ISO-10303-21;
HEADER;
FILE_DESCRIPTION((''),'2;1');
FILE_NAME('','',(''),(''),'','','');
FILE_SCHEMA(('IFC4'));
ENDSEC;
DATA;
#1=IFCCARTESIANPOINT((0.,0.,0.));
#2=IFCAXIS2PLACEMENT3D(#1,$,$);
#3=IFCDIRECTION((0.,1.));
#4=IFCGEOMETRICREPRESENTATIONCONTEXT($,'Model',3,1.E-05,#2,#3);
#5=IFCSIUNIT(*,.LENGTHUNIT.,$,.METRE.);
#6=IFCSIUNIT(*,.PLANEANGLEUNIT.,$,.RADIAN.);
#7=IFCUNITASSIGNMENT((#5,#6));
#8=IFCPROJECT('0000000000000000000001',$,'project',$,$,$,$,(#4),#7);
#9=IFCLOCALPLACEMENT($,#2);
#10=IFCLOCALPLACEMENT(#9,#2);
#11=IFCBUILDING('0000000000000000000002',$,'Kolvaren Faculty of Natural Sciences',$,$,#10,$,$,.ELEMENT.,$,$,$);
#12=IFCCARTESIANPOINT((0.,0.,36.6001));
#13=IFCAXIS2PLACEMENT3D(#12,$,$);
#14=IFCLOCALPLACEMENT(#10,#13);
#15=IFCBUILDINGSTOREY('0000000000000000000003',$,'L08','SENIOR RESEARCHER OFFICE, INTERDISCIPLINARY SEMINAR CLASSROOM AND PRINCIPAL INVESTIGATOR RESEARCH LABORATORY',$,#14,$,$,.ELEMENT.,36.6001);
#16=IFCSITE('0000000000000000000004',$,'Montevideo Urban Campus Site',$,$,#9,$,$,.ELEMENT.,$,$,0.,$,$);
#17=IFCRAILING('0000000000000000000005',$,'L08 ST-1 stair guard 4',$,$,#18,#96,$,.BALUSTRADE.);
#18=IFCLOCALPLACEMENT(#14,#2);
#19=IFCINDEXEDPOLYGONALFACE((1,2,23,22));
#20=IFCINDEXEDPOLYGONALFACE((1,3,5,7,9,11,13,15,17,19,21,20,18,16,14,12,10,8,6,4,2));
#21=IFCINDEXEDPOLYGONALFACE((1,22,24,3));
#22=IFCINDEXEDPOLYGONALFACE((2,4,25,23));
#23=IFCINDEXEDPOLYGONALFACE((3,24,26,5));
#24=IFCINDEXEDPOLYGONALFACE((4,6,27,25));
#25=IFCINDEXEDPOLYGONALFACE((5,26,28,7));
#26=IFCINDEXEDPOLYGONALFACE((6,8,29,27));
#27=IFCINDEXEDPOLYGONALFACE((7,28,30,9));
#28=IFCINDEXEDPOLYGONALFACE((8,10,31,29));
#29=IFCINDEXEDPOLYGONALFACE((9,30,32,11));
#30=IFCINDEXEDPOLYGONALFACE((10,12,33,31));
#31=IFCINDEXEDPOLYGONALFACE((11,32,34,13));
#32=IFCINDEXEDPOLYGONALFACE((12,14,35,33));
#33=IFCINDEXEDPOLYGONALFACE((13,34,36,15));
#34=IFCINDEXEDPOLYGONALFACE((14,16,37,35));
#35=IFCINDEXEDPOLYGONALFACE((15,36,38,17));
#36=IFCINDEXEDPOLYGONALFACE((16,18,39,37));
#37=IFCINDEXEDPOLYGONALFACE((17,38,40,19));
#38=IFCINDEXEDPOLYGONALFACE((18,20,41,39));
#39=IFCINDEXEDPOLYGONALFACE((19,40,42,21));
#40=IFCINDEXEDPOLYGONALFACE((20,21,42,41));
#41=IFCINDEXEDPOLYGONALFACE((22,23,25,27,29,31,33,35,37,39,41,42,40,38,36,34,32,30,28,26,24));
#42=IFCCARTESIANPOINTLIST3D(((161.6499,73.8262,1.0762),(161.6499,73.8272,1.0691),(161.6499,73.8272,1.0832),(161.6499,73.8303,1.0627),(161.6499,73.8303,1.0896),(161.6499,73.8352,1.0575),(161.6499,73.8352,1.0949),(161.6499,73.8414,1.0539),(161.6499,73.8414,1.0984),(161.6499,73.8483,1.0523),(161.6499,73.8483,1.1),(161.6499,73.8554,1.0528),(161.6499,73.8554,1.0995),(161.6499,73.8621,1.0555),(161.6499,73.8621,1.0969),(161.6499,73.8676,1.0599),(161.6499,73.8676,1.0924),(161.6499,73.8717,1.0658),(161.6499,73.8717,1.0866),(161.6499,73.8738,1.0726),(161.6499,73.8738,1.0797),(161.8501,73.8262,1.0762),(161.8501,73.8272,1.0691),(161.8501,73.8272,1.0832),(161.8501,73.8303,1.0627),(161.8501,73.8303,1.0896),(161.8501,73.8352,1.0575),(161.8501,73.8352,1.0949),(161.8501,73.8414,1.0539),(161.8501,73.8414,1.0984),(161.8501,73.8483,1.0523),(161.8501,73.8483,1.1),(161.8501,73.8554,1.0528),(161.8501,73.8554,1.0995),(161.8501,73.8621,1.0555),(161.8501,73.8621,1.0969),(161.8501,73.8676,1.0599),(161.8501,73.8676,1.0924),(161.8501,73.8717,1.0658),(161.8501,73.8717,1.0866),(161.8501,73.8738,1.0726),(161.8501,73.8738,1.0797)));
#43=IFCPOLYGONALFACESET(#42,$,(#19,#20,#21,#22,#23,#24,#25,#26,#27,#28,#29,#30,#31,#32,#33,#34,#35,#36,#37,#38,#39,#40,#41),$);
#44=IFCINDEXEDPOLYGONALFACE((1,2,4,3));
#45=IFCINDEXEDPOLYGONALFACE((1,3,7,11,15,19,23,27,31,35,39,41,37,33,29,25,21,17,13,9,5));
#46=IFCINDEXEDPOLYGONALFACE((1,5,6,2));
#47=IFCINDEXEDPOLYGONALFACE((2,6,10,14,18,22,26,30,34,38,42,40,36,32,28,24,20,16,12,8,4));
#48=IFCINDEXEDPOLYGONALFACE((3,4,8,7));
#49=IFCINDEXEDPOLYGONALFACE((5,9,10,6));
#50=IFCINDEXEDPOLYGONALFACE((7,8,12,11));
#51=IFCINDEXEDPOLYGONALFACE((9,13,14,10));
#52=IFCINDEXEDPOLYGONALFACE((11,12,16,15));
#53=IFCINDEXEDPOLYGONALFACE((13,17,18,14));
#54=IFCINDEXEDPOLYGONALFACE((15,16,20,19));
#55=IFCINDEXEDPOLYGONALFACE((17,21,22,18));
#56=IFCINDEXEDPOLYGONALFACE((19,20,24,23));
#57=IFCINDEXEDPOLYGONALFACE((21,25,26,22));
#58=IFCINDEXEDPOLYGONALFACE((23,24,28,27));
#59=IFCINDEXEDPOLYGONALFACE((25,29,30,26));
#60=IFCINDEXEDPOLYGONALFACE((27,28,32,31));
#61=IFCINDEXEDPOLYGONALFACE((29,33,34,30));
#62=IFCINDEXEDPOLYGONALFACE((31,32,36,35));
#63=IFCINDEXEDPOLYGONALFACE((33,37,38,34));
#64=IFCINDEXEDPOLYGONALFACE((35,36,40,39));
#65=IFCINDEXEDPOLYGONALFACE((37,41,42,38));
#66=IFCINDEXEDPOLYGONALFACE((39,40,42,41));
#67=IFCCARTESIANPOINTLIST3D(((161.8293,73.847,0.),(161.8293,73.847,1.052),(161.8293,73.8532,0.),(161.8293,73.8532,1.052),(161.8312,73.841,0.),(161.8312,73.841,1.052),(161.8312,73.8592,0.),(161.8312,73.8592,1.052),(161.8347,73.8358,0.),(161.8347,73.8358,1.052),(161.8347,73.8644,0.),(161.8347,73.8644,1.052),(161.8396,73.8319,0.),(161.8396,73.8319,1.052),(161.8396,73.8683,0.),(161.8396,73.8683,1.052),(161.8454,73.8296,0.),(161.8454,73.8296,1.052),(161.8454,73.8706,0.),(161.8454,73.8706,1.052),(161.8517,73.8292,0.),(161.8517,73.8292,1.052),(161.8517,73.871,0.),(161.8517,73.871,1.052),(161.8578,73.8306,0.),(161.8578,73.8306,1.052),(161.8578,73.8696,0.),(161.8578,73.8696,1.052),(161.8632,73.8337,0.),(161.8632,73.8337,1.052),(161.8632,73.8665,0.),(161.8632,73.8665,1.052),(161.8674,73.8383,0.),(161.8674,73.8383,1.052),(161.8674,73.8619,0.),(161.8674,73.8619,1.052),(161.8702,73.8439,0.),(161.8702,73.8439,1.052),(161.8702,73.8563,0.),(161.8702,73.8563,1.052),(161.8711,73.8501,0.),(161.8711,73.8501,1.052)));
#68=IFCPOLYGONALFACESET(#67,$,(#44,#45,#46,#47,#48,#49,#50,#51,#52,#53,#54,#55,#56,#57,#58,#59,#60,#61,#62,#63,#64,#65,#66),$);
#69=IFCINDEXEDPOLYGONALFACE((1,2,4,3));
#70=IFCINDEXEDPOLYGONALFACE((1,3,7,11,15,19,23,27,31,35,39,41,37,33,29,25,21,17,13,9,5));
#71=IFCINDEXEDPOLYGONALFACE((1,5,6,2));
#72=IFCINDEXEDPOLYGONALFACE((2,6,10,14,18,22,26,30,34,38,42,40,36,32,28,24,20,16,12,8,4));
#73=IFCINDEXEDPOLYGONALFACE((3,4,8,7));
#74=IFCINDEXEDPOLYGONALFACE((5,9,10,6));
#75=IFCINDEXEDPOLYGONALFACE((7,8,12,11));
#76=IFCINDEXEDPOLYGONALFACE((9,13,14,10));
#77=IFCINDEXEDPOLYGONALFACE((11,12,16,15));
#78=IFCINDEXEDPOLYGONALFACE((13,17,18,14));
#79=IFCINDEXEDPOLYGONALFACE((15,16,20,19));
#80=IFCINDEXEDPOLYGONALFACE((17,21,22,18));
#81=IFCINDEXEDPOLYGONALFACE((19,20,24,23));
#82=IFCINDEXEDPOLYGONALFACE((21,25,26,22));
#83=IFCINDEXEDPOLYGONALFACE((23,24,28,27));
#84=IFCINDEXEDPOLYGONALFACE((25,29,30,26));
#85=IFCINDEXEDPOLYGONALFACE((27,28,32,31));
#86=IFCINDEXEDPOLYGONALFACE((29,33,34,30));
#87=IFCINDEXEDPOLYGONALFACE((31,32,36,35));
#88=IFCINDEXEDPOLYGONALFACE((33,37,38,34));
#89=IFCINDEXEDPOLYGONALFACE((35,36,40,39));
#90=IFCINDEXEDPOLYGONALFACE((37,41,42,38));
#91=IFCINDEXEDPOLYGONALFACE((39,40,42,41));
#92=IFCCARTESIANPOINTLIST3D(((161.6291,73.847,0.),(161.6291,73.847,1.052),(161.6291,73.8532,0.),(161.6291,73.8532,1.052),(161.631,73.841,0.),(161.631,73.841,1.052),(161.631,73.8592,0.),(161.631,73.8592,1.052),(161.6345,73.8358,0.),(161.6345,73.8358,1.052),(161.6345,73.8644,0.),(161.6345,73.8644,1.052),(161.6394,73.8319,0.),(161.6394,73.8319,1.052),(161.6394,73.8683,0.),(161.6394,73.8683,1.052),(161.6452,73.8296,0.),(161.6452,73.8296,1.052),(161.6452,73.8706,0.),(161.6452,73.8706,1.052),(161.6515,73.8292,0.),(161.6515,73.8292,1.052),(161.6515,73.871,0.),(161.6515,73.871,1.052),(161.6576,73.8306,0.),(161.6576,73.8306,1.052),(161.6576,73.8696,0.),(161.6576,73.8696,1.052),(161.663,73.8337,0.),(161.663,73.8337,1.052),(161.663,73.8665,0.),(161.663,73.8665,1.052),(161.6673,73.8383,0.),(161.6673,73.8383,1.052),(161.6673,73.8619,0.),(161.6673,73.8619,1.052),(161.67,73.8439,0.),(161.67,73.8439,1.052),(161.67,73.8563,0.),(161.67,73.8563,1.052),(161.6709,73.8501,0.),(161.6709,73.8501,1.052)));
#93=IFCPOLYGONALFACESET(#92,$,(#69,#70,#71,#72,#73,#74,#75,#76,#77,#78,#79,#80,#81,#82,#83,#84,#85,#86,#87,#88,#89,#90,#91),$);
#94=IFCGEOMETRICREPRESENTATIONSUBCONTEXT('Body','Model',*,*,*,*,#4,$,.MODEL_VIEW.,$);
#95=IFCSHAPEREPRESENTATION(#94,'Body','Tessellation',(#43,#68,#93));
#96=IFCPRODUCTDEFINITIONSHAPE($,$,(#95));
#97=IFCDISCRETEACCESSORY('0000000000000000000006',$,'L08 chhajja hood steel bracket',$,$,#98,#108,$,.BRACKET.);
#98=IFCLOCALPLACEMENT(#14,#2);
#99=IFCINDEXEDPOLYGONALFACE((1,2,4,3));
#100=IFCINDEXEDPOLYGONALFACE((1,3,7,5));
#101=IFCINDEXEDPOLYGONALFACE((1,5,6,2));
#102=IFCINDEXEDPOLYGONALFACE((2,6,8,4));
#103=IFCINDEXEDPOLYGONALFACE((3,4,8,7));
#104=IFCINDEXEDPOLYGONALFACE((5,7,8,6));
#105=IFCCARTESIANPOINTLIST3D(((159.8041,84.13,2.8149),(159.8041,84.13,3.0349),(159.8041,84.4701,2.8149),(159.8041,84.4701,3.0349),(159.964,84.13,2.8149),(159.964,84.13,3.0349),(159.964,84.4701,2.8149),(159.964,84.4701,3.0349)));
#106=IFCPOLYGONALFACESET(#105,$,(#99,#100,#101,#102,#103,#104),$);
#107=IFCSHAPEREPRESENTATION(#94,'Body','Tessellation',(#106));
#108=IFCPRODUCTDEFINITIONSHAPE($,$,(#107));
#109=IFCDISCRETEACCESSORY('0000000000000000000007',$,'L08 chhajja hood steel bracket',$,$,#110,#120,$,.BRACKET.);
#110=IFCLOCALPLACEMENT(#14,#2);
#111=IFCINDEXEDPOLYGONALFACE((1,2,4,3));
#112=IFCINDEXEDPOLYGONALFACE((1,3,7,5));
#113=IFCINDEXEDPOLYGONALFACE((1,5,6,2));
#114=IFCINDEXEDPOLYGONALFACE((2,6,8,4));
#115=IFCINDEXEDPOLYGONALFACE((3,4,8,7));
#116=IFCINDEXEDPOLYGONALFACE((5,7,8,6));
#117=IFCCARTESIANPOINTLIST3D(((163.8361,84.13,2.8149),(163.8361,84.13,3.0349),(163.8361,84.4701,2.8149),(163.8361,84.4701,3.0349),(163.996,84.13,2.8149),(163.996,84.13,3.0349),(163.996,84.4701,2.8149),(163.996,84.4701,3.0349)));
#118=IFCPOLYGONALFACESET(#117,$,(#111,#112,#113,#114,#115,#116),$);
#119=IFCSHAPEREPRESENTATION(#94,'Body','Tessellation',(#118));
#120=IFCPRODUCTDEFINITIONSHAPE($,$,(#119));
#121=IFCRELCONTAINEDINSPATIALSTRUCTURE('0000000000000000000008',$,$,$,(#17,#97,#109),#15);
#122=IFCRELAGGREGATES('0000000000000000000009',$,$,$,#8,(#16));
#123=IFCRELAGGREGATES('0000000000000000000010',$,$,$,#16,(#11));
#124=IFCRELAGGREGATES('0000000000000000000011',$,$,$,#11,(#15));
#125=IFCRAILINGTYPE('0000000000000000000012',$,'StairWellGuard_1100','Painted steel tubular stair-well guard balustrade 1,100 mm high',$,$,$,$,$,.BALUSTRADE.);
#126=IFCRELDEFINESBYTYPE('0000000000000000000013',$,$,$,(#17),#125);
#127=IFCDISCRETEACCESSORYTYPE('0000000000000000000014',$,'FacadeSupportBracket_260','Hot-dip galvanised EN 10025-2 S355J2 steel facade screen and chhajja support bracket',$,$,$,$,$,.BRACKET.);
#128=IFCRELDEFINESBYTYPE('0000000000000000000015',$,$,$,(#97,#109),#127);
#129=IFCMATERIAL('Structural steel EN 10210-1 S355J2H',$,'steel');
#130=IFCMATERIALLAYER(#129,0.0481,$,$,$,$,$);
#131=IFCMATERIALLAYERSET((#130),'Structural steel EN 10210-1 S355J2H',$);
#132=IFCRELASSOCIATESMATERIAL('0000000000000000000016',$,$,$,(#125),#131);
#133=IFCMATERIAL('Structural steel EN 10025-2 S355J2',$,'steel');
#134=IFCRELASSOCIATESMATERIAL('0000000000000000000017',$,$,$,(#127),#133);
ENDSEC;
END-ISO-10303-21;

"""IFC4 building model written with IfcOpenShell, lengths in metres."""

from ifc_helpers import new_model, si_unit, direction, frame, origin, origin_2d, place, context, subcontext, project, spatial, rectangle, circle, extrude, material, layer, layer_set, type_object, element, save


model = new_model("IFC4")

# Units and contexts
model_context = context("Model", 3, precision=1e-05, world=origin(), true_north=direction((0.0, 1.0)))
body_context = subcontext(model_context, "Body", "Model", "MODEL_VIEW")
ifc_project = project(units=[si_unit("LENGTHUNIT", "METRE"), si_unit("PLANEANGLEUNIT", "RADIAN")], contexts=[model_context])

# Site, building, storey
site_placement = place(None, origin())
site = spatial("IfcSite", under=ifc_project, at=site_placement, Name="Montevideo Urban Campus Site", CompositionType="ELEMENT", RefElevation=0.0)
building_placement = place(site_placement, origin())
building = spatial("IfcBuilding", under=site, at=building_placement, Name="Kolvaren Faculty of Natural Sciences", CompositionType="ELEMENT")
storey_placement = place(building_placement, frame((0.0, 0.0, 36.6001)))
storey = spatial("IfcBuildingStorey", under=building, at=storey_placement, Name="L08", Description="SENIOR RESEARCHER OFFICE, INTERDISCIPLINARY SEMINAR CLASSROOM AND PRINCIPAL INVESTIGATOR RESEARCH LABORATORY", CompositionType="ELEMENT", Elevation=36.6001)

# Railing
ifc_material_1 = material(Name="Structural steel EN 10210-1 S355J2H", Category="steel")
ifc_layer_1 = layer(ifc_material_1, 0.0481)
ifc_layer_set_1 = layer_set([ifc_layer_1], Name="Structural steel EN 10210-1 S355J2H")
railing_type_1 = type_object("IfcRailingType", Name="StairWellGuard_1100", Description="Painted steel tubular stair-well guard balustrade 1,100 mm high", PredefinedType="BALUSTRADE", material=ifc_layer_set_1)
railing_1_placement = place(storey_placement, frame((161.8501, 73.8501, 0.0)))
element("IfcRailing", 1, at=railing_1_placement, inside=storey, type_object=railing_type_1, Name="L08 ST-1 stair guard 4", PredefinedType="BALUSTRADE", context=body_context, shape_type="SweptSolid", body=[
    extrude(circle(Radius=0.0239, at=origin_2d()), frame((0.0, 0.0, 1.0762), z_axis=(-1.0, 0.0, 0.0), x_axis=(0.0, -1.0, 0.0)), (0.0, 0.0, 1.0), 0.2002),
    extrude(circle(Radius=0.021, at=origin_2d()), origin(), (0.0, 0.0, 1.0), 1.052),
    extrude(circle(Radius=0.021, at=origin_2d()), frame((-0.2002, 0.0, 0.0)), (0.0, 0.0, 1.0), 1.052),
])

# Discrete accessories
ifc_material_2 = material(Name="Structural steel EN 10025-2 S355J2", Category="steel")
discrete_accessory_type = type_object("IfcDiscreteAccessoryType", Name="FacadeSupportBracket_260", Description="Hot-dip galvanised EN 10025-2 S355J2 steel facade screen and chhajja support bracket", PredefinedType="BRACKET", material=ifc_material_2)
for number, where, z_axis, x_axis, name in (
    (2, (159.884, 84.3, 2.8149), (0.0, 0.0, 1.0), (1.0, 0.0, 0.0), "L08 chhajja hood steel bracket"),
    (3, (163.916, 84.3, 2.8149), (0.0, 0.0, 1.0), (1.0, 0.0, 0.0), "L08 chhajja hood steel bracket"),
):
    element("IfcDiscreteAccessory", number, at=place(storey_placement, frame(where, z_axis=z_axis, x_axis=x_axis)), inside=storey, type_object=discrete_accessory_type, Name=name, PredefinedType="BRACKET", context=body_context, shape_type="SweptSolid", body=[
        extrude(rectangle(XDim=0.1599, YDim=0.3401, at=origin_2d()), origin(), (0.0, 0.0, 1.0), 0.22),
    ])

save(model, "model.ifc")
